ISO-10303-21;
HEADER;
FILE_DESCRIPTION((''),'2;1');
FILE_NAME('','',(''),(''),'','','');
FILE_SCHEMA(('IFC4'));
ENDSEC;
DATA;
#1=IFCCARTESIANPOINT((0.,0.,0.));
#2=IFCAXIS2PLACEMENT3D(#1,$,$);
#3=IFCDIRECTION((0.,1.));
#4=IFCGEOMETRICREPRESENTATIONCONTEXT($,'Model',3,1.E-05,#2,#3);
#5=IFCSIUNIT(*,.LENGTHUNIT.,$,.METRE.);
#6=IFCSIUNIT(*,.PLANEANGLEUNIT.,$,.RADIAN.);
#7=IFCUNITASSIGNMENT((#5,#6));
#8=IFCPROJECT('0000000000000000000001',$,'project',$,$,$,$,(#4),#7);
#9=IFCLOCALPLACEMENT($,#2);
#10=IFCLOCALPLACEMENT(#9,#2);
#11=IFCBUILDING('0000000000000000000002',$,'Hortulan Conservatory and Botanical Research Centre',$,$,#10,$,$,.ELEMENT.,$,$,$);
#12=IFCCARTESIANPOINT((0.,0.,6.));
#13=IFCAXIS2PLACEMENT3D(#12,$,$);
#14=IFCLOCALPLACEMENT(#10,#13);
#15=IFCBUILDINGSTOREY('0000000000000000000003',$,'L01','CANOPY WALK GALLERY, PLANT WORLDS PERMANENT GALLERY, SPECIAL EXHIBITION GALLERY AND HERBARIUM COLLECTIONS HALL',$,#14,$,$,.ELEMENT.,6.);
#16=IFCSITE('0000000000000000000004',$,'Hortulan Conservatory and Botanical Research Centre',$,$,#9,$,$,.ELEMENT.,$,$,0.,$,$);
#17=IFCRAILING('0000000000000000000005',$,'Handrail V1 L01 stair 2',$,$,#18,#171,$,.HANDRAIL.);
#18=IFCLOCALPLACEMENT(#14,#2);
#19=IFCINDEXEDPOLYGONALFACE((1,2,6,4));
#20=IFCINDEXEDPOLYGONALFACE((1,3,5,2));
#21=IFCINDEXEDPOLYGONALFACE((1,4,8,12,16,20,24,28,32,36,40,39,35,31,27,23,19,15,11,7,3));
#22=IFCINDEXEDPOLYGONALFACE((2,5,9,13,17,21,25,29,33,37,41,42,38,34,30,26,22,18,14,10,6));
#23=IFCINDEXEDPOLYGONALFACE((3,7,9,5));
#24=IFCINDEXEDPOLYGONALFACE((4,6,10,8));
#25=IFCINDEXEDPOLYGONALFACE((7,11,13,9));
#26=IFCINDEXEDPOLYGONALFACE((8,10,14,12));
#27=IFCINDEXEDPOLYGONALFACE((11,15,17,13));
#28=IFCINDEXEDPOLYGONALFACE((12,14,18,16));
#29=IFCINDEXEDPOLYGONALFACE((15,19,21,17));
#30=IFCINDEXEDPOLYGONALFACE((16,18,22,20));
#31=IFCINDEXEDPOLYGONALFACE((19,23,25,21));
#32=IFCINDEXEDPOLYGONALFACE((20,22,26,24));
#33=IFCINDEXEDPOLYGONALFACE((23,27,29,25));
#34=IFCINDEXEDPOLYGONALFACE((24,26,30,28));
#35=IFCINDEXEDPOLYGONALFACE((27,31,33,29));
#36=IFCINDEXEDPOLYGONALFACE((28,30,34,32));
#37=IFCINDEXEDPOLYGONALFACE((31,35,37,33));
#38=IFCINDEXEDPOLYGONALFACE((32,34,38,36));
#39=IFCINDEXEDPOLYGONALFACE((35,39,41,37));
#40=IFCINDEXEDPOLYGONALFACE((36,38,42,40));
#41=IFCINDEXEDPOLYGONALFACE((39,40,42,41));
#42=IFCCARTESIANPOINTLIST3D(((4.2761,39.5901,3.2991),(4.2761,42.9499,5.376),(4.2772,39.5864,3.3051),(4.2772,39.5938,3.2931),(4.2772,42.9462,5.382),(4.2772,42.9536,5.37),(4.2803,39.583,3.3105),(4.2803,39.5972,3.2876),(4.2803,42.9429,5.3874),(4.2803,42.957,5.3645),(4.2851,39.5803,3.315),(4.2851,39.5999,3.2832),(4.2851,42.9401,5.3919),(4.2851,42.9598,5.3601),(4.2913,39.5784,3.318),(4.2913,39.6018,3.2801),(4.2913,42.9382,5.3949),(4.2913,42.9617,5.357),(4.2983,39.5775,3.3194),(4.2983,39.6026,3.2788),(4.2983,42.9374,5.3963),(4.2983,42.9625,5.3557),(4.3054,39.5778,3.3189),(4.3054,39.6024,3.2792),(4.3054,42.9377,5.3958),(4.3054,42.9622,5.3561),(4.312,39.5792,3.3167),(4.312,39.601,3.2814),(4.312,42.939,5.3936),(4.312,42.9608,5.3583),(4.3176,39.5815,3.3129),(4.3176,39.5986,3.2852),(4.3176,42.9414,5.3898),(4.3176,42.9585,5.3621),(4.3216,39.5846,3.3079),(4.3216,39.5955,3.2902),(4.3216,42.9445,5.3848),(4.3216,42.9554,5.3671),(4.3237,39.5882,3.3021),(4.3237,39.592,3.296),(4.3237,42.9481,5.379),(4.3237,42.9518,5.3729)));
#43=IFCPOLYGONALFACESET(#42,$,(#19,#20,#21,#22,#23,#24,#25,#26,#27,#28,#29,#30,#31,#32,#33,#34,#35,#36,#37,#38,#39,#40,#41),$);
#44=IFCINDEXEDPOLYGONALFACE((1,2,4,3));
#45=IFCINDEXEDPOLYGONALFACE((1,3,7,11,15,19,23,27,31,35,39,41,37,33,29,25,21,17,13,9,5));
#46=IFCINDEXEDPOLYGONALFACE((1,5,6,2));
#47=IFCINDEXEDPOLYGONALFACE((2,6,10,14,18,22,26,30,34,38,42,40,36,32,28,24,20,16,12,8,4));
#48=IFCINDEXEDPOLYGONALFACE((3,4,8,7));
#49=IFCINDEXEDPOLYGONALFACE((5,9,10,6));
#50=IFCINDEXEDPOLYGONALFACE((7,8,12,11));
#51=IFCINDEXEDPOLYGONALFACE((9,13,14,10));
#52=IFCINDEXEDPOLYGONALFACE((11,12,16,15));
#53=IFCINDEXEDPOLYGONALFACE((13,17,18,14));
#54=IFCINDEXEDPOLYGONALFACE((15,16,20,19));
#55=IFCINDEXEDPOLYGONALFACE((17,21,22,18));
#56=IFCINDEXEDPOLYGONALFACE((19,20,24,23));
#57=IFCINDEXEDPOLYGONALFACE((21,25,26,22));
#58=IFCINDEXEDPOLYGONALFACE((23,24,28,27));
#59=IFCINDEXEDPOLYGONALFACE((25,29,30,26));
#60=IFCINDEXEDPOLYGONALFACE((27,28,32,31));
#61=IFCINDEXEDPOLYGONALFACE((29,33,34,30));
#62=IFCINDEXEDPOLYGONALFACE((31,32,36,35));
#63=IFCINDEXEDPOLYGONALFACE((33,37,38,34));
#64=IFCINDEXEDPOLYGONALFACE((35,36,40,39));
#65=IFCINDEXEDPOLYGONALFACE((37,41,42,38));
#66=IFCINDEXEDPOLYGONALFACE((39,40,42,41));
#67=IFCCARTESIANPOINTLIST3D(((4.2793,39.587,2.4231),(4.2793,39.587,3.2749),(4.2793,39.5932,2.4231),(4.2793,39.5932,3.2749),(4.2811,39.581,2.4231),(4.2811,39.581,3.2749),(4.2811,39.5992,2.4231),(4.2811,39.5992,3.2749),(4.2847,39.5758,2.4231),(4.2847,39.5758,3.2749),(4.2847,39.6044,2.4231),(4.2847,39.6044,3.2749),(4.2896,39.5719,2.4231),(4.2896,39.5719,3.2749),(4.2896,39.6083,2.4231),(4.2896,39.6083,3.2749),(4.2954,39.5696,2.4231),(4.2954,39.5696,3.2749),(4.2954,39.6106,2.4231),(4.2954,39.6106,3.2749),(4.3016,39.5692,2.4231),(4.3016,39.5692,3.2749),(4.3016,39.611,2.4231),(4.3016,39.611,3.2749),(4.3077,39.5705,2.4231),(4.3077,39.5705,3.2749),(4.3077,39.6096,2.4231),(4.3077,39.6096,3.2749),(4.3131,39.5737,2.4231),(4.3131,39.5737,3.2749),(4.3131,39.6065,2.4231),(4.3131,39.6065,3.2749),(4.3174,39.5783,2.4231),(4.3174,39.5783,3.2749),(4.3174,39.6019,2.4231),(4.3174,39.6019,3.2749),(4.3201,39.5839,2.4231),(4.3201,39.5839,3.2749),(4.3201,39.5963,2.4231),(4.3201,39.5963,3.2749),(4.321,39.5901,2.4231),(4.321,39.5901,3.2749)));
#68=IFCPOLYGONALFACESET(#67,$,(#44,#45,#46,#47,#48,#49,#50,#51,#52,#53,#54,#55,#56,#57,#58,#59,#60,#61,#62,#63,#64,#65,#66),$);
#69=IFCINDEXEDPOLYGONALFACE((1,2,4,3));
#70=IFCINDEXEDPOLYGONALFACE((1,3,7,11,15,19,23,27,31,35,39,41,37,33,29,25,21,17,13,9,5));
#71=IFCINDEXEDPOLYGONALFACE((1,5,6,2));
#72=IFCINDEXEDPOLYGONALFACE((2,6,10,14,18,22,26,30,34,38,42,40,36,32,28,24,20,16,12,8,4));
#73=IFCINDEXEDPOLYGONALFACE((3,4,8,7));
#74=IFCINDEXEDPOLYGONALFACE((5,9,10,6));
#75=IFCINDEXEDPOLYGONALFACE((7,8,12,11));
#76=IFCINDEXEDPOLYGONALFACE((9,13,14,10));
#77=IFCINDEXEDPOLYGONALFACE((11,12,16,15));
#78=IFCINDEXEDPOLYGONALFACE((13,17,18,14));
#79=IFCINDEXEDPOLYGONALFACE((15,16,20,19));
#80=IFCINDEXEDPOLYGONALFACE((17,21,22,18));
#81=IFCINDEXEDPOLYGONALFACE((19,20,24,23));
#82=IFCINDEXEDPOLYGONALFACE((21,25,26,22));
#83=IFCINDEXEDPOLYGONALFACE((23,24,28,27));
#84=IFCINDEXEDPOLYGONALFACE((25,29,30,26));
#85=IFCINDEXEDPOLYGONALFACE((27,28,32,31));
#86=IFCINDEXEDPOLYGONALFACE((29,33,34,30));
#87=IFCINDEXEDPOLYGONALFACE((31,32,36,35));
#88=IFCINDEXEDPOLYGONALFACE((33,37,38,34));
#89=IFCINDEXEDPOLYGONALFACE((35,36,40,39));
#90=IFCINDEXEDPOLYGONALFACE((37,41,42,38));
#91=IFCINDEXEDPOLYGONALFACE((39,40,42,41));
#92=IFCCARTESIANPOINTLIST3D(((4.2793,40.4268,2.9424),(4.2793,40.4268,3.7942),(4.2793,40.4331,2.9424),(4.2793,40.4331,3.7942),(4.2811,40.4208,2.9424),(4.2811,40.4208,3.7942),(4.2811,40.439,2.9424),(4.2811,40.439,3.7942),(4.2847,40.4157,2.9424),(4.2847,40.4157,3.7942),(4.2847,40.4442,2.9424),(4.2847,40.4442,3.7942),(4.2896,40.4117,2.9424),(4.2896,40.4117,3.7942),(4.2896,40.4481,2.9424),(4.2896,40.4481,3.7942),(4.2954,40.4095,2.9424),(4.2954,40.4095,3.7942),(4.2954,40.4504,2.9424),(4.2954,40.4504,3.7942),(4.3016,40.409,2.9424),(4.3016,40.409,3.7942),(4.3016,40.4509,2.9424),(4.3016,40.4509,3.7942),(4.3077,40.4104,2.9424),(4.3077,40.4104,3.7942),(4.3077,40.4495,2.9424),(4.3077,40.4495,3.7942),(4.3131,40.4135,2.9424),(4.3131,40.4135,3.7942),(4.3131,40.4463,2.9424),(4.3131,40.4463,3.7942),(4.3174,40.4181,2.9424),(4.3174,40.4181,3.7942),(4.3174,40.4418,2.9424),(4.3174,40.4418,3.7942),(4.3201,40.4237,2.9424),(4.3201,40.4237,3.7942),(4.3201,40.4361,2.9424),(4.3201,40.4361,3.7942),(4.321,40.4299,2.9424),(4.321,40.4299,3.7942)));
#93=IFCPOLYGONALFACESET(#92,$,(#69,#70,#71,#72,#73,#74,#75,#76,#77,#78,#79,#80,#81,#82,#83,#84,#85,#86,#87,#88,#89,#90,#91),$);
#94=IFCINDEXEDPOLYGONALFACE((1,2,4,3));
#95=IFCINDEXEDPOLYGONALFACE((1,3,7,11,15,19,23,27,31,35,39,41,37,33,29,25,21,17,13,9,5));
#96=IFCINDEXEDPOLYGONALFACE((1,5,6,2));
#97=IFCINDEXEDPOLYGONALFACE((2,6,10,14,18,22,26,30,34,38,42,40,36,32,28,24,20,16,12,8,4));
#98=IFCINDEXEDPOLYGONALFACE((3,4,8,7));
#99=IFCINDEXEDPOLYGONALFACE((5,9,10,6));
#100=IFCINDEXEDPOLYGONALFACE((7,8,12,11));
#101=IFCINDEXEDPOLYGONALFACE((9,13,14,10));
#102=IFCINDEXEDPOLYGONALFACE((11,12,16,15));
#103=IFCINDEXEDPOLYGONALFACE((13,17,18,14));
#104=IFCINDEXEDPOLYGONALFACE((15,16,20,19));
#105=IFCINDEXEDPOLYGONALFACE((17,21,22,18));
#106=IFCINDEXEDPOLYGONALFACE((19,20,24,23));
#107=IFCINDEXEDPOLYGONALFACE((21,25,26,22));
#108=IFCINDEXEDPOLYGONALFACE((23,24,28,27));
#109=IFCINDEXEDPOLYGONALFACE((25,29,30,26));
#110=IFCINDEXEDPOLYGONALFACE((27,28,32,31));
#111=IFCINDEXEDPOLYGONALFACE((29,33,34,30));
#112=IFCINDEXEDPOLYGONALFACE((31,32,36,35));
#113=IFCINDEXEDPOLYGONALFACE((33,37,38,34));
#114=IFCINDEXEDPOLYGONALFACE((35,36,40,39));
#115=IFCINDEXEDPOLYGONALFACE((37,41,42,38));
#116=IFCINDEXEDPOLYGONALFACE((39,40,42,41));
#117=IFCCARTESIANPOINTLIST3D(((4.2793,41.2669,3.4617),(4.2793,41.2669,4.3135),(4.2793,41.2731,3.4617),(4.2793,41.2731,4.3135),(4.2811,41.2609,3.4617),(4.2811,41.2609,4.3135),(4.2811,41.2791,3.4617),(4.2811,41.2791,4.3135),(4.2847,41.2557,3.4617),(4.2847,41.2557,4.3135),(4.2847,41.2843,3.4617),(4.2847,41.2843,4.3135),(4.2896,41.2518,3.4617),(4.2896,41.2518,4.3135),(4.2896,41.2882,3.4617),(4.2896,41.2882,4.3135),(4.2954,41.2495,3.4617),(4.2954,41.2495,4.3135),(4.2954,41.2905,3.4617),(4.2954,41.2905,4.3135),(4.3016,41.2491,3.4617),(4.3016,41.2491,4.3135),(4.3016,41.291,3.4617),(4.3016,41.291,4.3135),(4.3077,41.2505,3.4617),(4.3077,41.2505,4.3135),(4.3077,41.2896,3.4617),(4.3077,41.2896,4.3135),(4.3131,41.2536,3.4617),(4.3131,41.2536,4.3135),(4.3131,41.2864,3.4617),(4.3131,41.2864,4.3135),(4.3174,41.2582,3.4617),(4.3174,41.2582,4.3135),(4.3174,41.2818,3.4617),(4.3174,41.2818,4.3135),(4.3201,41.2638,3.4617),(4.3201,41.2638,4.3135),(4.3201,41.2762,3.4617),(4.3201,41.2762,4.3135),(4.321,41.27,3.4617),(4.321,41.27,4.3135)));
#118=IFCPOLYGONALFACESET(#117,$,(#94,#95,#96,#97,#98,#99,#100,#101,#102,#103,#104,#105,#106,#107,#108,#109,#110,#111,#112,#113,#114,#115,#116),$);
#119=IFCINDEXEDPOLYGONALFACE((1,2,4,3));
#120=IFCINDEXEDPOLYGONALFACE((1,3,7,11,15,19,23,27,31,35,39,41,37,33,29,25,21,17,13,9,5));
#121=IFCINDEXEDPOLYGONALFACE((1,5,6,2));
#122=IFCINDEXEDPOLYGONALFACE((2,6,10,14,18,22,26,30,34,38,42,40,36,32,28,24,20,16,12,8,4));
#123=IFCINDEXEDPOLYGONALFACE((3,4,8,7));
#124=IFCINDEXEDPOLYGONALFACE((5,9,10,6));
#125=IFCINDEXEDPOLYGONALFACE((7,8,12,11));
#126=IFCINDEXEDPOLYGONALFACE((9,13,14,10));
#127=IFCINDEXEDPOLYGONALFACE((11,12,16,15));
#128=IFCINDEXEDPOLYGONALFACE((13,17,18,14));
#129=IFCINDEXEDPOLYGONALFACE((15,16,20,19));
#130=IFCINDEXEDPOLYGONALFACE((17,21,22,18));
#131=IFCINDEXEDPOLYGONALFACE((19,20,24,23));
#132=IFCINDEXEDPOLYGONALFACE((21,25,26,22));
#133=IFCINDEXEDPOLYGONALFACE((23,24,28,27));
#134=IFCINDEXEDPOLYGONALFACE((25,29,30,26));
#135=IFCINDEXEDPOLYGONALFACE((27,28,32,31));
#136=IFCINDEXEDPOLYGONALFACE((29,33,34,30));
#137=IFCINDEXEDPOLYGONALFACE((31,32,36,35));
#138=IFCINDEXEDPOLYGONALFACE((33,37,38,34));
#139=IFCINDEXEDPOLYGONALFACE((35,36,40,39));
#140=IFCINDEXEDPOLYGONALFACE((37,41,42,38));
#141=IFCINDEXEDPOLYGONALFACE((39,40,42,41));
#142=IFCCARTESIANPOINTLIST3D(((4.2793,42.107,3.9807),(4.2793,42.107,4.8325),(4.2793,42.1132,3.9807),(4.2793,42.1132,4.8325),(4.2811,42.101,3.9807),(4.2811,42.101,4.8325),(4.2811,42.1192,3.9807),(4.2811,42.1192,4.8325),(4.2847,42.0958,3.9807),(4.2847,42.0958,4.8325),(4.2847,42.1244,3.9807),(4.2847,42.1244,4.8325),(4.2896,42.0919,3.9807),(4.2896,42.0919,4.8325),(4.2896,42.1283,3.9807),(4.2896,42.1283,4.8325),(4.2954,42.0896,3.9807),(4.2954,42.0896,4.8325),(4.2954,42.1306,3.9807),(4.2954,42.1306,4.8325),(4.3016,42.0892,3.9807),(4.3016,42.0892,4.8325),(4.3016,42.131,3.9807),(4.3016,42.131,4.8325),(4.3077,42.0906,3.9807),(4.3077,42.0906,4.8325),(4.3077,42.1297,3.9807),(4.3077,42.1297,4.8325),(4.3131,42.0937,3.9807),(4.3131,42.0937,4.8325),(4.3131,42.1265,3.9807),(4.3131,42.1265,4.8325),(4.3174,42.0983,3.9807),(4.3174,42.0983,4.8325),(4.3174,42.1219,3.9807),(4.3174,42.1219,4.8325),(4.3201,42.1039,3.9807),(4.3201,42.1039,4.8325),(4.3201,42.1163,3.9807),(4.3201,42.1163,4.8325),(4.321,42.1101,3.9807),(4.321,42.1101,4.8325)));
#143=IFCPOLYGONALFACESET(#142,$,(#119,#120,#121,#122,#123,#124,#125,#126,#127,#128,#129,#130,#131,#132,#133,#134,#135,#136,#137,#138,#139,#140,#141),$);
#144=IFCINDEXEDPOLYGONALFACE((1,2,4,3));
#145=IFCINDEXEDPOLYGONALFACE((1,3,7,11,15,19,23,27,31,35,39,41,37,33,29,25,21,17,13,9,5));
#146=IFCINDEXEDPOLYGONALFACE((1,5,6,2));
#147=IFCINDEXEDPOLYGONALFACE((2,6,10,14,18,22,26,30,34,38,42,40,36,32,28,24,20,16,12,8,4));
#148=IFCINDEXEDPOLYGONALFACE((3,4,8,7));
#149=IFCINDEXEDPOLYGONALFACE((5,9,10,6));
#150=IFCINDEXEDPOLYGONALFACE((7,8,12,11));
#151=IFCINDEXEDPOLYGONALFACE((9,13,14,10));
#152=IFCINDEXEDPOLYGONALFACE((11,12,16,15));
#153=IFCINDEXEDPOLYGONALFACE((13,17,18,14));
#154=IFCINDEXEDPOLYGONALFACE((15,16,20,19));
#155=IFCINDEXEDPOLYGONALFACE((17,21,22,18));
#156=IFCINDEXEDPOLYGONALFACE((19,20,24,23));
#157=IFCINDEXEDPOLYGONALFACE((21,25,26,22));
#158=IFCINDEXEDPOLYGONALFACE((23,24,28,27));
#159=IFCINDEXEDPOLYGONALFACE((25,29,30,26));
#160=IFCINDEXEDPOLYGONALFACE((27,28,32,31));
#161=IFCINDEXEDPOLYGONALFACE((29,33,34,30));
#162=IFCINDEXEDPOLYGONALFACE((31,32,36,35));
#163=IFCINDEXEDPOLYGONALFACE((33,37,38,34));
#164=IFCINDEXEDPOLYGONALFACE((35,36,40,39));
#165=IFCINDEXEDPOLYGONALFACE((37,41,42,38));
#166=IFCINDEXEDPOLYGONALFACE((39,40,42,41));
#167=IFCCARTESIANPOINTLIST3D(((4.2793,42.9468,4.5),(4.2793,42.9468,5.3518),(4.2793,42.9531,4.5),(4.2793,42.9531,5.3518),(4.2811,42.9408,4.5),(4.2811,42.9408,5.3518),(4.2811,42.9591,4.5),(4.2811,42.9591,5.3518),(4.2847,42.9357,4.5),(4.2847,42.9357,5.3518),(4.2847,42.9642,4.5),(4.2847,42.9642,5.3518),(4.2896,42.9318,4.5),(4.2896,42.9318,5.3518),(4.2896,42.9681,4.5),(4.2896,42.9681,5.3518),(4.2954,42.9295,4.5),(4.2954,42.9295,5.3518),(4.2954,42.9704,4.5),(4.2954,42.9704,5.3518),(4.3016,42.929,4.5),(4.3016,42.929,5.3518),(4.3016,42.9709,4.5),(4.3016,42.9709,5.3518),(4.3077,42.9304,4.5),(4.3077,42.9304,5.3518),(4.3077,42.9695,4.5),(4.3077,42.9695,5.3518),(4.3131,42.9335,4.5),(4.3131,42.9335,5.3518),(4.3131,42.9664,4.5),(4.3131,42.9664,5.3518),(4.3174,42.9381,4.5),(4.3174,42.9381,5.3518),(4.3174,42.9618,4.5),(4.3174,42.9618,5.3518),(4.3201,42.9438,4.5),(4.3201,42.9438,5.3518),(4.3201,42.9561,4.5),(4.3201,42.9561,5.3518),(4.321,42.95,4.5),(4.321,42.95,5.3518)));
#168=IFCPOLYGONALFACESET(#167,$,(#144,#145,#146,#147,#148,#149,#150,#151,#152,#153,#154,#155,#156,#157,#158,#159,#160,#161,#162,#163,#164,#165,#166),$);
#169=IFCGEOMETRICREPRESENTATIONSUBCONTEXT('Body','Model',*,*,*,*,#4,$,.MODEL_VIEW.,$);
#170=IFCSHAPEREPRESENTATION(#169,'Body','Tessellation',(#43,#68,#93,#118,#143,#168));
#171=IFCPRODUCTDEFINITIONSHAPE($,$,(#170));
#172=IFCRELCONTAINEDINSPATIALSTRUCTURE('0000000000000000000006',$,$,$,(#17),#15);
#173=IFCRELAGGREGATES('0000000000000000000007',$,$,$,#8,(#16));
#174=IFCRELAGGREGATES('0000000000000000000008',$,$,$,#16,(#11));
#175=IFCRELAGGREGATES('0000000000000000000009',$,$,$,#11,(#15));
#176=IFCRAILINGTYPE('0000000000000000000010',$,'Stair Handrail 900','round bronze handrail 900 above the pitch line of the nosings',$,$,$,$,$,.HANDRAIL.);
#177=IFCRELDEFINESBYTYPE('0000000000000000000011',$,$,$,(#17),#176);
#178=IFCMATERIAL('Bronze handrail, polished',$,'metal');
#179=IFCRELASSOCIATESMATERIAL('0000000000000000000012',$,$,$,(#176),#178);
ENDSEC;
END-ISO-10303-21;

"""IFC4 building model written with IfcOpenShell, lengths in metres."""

from ifc_helpers import new_model, si_unit, direction, frame, origin, origin_2d, place, context, subcontext, project, spatial, circle, extrude, material, type_object, element, save


model = new_model("IFC4")

# Units and contexts
model_context = context("Model", 3, precision=1e-05, world=origin(), true_north=direction((0.0, 1.0)))
body_context = subcontext(model_context, "Body", "Model", "MODEL_VIEW")
ifc_project = project(units=[si_unit("LENGTHUNIT", "METRE"), si_unit("PLANEANGLEUNIT", "RADIAN")], contexts=[model_context])

# Site, building, storey
site_placement = place(None, origin())
site = spatial("IfcSite", under=ifc_project, at=site_placement, Name="Hortulan Conservatory and Botanical Research Centre", CompositionType="ELEMENT", RefElevation=0.0)
building_placement = place(site_placement, origin())
building = spatial("IfcBuilding", under=site, at=building_placement, Name="Hortulan Conservatory and Botanical Research Centre", CompositionType="ELEMENT")
storey_placement = place(building_placement, frame((0.0, 0.0, 6.0)))
storey = spatial("IfcBuildingStorey", under=building, at=storey_placement, Name="L01", Description="CANOPY WALK GALLERY, PLANT WORLDS PERMANENT GALLERY, SPECIAL EXHIBITION GALLERY AND HERBARIUM COLLECTIONS HALL", CompositionType="ELEMENT", Elevation=6.0)

# Railing
ifc_material_1 = material(Name="Bronze handrail, polished", Category="metal")
railing_type_1 = type_object("IfcRailingType", Name="Stair Handrail 900", Description="round bronze handrail 900 above the pitch line of the nosings", PredefinedType="HANDRAIL", material=ifc_material_1)
for number, where, name in (
    (1, (4.3, 39.5901, 2.4231), "Handrail V1 L01 stair 2"),
):
    element("IfcRailing", number, at=place(storey_placement, frame(where)), inside=storey, type_object=railing_type_1, Name=name, PredefinedType="HANDRAIL", context=body_context, shape_type="SweptSolid", body=[
        extrude(circle(Radius=0.0239, at=origin_2d()), frame((0.0, 0.0, 0.876), z_axis=(0.0, 0.850606, 0.525803), x_axis=(-1.0, 0.0, 0.0)), (0.0, 0.0, 1.0), 3.95),
        extrude(circle(Radius=0.021, at=origin_2d()), origin(), (0.0, 0.0, 1.0), 0.8518),
        extrude(circle(Radius=0.021, at=origin_2d()), frame((0.0, 0.8398, 0.5193)), (0.0, 0.0, 1.0), 0.8518),
        extrude(circle(Radius=0.021, at=origin_2d()), frame((0.0, 1.6799, 1.0386)), (0.0, 0.0, 1.0), 0.8518),
        extrude(circle(Radius=0.021, at=origin_2d()), frame((0.0, 2.52, 1.5576)), (0.0, 0.0, 1.0), 0.8518),
        extrude(circle(Radius=0.021, at=origin_2d()), frame((0.0, 3.3599, 2.0769)), (0.0, 0.0, 1.0), 0.8518),
    ])

save(model, "model.ifc")
